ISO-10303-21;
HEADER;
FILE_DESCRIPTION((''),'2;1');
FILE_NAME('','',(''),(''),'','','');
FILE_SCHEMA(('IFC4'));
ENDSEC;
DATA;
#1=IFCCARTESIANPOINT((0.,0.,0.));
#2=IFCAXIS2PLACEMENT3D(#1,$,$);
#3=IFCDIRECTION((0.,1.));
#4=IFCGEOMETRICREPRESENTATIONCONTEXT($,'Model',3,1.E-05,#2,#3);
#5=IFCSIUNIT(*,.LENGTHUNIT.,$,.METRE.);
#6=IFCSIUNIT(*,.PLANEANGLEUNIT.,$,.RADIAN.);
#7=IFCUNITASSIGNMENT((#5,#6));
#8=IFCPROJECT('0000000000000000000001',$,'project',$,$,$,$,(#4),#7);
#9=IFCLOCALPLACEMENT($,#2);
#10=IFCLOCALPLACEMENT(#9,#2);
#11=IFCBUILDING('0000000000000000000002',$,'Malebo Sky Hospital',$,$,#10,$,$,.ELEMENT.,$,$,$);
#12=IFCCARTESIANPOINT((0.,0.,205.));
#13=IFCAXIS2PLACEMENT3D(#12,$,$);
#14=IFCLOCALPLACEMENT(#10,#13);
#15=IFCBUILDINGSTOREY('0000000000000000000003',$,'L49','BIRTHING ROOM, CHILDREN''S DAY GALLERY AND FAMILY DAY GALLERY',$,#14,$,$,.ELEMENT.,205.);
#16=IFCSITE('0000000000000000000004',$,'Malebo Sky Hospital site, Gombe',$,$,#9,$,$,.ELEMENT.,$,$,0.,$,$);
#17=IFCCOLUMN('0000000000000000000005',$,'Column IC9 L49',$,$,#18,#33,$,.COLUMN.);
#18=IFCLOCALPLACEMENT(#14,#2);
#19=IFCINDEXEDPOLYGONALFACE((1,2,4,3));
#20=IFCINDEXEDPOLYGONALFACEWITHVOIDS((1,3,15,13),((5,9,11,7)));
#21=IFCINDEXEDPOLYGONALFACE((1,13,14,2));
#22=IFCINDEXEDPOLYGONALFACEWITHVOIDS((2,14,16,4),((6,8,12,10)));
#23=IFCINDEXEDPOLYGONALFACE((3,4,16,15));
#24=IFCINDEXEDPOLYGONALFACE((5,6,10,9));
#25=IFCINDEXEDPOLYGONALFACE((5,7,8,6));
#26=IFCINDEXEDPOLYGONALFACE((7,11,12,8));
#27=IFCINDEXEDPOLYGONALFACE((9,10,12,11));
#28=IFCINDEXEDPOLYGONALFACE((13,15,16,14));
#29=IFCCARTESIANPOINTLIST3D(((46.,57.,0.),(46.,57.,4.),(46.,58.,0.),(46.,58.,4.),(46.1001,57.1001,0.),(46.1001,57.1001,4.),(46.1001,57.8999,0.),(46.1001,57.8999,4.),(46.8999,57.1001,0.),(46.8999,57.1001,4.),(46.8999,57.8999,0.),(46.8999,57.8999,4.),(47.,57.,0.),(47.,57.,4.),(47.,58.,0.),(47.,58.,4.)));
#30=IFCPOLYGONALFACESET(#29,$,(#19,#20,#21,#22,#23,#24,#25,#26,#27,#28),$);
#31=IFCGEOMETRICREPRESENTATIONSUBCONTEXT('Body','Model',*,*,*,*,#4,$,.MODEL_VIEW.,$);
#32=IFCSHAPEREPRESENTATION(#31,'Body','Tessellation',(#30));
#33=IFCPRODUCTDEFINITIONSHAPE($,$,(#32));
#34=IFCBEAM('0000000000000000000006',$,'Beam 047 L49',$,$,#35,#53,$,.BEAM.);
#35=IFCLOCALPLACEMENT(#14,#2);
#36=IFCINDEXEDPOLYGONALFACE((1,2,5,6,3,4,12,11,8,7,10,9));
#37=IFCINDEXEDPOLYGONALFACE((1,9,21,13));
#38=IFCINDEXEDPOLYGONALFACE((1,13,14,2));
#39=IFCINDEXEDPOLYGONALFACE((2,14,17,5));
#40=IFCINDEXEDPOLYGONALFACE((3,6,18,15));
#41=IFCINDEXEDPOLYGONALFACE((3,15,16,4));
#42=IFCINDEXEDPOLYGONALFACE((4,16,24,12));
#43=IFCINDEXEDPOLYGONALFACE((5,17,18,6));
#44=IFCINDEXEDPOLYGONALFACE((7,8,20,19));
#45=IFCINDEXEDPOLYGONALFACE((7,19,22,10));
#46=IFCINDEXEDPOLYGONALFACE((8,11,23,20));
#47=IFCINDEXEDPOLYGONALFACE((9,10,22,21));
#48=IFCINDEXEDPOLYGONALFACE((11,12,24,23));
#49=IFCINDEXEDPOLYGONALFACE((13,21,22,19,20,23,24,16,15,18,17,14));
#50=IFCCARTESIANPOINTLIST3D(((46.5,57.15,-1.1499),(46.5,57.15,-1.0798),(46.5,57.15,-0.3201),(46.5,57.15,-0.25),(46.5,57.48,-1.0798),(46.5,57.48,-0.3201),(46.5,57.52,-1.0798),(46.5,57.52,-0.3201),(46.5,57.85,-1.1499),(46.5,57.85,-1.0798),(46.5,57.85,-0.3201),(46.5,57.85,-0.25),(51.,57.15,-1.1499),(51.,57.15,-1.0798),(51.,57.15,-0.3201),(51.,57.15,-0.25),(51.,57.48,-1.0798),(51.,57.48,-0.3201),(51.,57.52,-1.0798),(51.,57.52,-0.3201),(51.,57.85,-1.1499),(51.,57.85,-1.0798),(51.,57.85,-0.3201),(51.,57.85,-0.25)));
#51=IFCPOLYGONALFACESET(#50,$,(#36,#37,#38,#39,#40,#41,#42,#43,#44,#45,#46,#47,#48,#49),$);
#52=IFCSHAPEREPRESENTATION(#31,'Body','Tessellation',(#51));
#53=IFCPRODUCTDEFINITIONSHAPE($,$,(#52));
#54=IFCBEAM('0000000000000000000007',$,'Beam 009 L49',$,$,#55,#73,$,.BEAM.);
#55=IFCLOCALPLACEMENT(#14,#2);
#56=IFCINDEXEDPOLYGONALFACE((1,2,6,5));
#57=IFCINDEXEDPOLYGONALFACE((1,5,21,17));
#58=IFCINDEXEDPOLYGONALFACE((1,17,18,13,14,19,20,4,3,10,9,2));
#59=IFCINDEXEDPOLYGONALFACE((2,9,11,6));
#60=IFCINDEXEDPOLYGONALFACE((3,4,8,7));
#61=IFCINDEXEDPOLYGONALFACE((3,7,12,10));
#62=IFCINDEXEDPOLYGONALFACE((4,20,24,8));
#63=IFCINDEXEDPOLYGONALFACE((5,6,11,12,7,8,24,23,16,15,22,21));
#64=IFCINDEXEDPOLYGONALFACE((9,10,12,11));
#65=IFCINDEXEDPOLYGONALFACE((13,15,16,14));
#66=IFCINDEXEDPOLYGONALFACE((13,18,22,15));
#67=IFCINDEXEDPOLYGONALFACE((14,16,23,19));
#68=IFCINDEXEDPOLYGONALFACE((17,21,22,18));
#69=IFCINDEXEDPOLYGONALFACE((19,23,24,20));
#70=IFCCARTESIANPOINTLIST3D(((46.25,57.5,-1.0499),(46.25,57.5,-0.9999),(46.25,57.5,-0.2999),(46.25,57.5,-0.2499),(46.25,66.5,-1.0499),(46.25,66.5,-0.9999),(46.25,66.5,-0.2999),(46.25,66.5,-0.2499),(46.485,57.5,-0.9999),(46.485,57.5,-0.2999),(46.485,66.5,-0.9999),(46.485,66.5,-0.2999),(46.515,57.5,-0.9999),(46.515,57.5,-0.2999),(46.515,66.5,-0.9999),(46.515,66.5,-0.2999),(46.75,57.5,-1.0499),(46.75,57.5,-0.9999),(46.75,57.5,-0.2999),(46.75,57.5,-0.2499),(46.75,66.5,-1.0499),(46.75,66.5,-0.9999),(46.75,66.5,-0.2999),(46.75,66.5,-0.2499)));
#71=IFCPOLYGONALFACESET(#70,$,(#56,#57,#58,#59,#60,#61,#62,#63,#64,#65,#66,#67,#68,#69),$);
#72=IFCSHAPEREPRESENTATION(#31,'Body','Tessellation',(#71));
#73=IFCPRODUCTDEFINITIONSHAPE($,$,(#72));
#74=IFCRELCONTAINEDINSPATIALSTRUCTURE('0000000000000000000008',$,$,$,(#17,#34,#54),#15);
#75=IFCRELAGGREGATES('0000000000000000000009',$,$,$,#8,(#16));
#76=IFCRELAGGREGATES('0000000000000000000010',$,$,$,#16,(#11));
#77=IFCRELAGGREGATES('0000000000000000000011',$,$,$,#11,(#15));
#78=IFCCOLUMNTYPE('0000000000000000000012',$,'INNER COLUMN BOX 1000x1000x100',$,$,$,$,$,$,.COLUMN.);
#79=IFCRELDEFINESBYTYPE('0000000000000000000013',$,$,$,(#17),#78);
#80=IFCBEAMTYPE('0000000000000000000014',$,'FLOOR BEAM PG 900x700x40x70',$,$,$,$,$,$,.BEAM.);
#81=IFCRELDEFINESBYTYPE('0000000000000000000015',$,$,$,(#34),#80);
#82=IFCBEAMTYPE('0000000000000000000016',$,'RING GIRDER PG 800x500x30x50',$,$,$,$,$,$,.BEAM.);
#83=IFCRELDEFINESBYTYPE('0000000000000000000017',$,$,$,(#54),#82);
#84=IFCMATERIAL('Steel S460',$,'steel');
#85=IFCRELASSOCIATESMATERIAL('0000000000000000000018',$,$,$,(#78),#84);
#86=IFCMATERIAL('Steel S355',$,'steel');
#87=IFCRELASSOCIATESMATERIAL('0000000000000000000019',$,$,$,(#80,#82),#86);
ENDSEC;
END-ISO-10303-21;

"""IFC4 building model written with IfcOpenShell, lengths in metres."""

from ifc_helpers import new_model, si_unit, direction, frame, origin, origin_2d, place, context, subcontext, project, spatial, hollow_rectangle, i_section, extrude, material, material_profile, profile_set, type_object, element, save


model = new_model("IFC4")

# Units and contexts
model_context = context("Model", 3, precision=1e-05, world=origin(), true_north=direction((0.0, 1.0)))
body_context = subcontext(model_context, "Body", "Model", "MODEL_VIEW")
ifc_project = project(units=[si_unit("LENGTHUNIT", "METRE"), si_unit("PLANEANGLEUNIT", "RADIAN")], contexts=[model_context])

# Site, building, storey
site_placement = place(None, origin())
site = spatial("IfcSite", under=ifc_project, at=site_placement, Name="Malebo Sky Hospital site, Gombe", CompositionType="ELEMENT", RefElevation=0.0)
building_placement = place(site_placement, origin())
building = spatial("IfcBuilding", under=site, at=building_placement, Name="Malebo Sky Hospital", CompositionType="ELEMENT")
storey_placement = place(building_placement, frame((0.0, 0.0, 205.0)))
storey = spatial("IfcBuildingStorey", under=building, at=storey_placement, Name="L49", Description="BIRTHING ROOM, CHILDREN'S DAY GALLERY AND FAMILY DAY GALLERY", CompositionType="ELEMENT", Elevation=205.0)

# Column
ifc_material_1 = material(Name="Steel S460", Category="steel")
ifc_material_profile_1 = material_profile(ifc_material_1, hollow_rectangle(XDim=1.0, YDim=1.0, WallThickness=0.1001, at=origin_2d()), Name="BOX 1000x1000x100")
ifc_profile_set_1 = profile_set([ifc_material_profile_1], Name="Steel S460")
column_type = type_object("IfcColumnType", Name="INNER COLUMN BOX 1000x1000x100", PredefinedType="COLUMN", material=ifc_profile_set_1)
column_placement = place(storey_placement, frame((46.5, 57.5, 0.0), z_axis=(0.0, 0.0, 1.0), x_axis=(1.0, 0.0, 0.0)))
element("IfcColumn", 1, at=column_placement, inside=storey, type_object=column_type, Name="Column IC9 L49", PredefinedType="COLUMN", context=body_context, shape_type="SweptSolid", body=[
    extrude(hollow_rectangle(XDim=1.0, YDim=1.0, WallThickness=0.1001, at=origin_2d()), origin(), (0.0, 0.0, 1.0), 4.0),
])

# Beams
ifc_material_2 = material(Name="Steel S355", Category="steel")
ifc_material_profile_2 = material_profile(ifc_material_2, i_section(OverallWidth=0.7, OverallDepth=0.8999, WebThickness=0.04, FlangeThickness=0.0701, at=origin_2d()), Name="PG 900x700x40x70")
ifc_profile_set_2 = profile_set([ifc_material_profile_2], Name="Steel S355")
beam_type_1 = type_object("IfcBeamType", Name="FLOOR BEAM PG 900x700x40x70", PredefinedType="BEAM", material=ifc_profile_set_2)
beam_1_placement = place(storey_placement, frame((46.5, 57.5, -0.7), z_axis=(1.0, 0.0, 0.0), x_axis=(0.0, 1.0, 0.0)))
element("IfcBeam", 2, at=beam_1_placement, inside=storey, type_object=beam_type_1, Name="Beam 047 L49", PredefinedType="BEAM", context=body_context, shape_type="SweptSolid", body=[
    extrude(i_section(OverallWidth=0.7, OverallDepth=0.8999, WebThickness=0.04, FlangeThickness=0.0701, at=origin_2d()), origin(), (0.0, 0.0, 1.0), 4.5),
])
ifc_material_profile_3 = material_profile(ifc_material_2, i_section(OverallWidth=0.5, OverallDepth=0.8, WebThickness=0.03, FlangeThickness=0.05, at=origin_2d()), Name="PG 800x500x30x50")
ifc_profile_set_3 = profile_set([ifc_material_profile_3], Name="Steel S355")
beam_type_2 = type_object("IfcBeamType", Name="RING GIRDER PG 800x500x30x50", PredefinedType="BEAM", material=ifc_profile_set_3)
beam_2_placement = place(storey_placement, frame((46.5, 57.5, -0.6499), z_axis=(0.0, 1.0, 0.0), x_axis=(-1.0, 0.0, 0.0)))
element("IfcBeam", 3, at=beam_2_placement, inside=storey, type_object=beam_type_2, Name="Beam 009 L49", PredefinedType="BEAM", context=body_context, shape_type="SweptSolid", body=[
    extrude(i_section(OverallWidth=0.5, OverallDepth=0.8, WebThickness=0.03, FlangeThickness=0.05, at=origin_2d()), origin(), (0.0, 0.0, 1.0), 9.0),
])

save(model, "model.ifc")
